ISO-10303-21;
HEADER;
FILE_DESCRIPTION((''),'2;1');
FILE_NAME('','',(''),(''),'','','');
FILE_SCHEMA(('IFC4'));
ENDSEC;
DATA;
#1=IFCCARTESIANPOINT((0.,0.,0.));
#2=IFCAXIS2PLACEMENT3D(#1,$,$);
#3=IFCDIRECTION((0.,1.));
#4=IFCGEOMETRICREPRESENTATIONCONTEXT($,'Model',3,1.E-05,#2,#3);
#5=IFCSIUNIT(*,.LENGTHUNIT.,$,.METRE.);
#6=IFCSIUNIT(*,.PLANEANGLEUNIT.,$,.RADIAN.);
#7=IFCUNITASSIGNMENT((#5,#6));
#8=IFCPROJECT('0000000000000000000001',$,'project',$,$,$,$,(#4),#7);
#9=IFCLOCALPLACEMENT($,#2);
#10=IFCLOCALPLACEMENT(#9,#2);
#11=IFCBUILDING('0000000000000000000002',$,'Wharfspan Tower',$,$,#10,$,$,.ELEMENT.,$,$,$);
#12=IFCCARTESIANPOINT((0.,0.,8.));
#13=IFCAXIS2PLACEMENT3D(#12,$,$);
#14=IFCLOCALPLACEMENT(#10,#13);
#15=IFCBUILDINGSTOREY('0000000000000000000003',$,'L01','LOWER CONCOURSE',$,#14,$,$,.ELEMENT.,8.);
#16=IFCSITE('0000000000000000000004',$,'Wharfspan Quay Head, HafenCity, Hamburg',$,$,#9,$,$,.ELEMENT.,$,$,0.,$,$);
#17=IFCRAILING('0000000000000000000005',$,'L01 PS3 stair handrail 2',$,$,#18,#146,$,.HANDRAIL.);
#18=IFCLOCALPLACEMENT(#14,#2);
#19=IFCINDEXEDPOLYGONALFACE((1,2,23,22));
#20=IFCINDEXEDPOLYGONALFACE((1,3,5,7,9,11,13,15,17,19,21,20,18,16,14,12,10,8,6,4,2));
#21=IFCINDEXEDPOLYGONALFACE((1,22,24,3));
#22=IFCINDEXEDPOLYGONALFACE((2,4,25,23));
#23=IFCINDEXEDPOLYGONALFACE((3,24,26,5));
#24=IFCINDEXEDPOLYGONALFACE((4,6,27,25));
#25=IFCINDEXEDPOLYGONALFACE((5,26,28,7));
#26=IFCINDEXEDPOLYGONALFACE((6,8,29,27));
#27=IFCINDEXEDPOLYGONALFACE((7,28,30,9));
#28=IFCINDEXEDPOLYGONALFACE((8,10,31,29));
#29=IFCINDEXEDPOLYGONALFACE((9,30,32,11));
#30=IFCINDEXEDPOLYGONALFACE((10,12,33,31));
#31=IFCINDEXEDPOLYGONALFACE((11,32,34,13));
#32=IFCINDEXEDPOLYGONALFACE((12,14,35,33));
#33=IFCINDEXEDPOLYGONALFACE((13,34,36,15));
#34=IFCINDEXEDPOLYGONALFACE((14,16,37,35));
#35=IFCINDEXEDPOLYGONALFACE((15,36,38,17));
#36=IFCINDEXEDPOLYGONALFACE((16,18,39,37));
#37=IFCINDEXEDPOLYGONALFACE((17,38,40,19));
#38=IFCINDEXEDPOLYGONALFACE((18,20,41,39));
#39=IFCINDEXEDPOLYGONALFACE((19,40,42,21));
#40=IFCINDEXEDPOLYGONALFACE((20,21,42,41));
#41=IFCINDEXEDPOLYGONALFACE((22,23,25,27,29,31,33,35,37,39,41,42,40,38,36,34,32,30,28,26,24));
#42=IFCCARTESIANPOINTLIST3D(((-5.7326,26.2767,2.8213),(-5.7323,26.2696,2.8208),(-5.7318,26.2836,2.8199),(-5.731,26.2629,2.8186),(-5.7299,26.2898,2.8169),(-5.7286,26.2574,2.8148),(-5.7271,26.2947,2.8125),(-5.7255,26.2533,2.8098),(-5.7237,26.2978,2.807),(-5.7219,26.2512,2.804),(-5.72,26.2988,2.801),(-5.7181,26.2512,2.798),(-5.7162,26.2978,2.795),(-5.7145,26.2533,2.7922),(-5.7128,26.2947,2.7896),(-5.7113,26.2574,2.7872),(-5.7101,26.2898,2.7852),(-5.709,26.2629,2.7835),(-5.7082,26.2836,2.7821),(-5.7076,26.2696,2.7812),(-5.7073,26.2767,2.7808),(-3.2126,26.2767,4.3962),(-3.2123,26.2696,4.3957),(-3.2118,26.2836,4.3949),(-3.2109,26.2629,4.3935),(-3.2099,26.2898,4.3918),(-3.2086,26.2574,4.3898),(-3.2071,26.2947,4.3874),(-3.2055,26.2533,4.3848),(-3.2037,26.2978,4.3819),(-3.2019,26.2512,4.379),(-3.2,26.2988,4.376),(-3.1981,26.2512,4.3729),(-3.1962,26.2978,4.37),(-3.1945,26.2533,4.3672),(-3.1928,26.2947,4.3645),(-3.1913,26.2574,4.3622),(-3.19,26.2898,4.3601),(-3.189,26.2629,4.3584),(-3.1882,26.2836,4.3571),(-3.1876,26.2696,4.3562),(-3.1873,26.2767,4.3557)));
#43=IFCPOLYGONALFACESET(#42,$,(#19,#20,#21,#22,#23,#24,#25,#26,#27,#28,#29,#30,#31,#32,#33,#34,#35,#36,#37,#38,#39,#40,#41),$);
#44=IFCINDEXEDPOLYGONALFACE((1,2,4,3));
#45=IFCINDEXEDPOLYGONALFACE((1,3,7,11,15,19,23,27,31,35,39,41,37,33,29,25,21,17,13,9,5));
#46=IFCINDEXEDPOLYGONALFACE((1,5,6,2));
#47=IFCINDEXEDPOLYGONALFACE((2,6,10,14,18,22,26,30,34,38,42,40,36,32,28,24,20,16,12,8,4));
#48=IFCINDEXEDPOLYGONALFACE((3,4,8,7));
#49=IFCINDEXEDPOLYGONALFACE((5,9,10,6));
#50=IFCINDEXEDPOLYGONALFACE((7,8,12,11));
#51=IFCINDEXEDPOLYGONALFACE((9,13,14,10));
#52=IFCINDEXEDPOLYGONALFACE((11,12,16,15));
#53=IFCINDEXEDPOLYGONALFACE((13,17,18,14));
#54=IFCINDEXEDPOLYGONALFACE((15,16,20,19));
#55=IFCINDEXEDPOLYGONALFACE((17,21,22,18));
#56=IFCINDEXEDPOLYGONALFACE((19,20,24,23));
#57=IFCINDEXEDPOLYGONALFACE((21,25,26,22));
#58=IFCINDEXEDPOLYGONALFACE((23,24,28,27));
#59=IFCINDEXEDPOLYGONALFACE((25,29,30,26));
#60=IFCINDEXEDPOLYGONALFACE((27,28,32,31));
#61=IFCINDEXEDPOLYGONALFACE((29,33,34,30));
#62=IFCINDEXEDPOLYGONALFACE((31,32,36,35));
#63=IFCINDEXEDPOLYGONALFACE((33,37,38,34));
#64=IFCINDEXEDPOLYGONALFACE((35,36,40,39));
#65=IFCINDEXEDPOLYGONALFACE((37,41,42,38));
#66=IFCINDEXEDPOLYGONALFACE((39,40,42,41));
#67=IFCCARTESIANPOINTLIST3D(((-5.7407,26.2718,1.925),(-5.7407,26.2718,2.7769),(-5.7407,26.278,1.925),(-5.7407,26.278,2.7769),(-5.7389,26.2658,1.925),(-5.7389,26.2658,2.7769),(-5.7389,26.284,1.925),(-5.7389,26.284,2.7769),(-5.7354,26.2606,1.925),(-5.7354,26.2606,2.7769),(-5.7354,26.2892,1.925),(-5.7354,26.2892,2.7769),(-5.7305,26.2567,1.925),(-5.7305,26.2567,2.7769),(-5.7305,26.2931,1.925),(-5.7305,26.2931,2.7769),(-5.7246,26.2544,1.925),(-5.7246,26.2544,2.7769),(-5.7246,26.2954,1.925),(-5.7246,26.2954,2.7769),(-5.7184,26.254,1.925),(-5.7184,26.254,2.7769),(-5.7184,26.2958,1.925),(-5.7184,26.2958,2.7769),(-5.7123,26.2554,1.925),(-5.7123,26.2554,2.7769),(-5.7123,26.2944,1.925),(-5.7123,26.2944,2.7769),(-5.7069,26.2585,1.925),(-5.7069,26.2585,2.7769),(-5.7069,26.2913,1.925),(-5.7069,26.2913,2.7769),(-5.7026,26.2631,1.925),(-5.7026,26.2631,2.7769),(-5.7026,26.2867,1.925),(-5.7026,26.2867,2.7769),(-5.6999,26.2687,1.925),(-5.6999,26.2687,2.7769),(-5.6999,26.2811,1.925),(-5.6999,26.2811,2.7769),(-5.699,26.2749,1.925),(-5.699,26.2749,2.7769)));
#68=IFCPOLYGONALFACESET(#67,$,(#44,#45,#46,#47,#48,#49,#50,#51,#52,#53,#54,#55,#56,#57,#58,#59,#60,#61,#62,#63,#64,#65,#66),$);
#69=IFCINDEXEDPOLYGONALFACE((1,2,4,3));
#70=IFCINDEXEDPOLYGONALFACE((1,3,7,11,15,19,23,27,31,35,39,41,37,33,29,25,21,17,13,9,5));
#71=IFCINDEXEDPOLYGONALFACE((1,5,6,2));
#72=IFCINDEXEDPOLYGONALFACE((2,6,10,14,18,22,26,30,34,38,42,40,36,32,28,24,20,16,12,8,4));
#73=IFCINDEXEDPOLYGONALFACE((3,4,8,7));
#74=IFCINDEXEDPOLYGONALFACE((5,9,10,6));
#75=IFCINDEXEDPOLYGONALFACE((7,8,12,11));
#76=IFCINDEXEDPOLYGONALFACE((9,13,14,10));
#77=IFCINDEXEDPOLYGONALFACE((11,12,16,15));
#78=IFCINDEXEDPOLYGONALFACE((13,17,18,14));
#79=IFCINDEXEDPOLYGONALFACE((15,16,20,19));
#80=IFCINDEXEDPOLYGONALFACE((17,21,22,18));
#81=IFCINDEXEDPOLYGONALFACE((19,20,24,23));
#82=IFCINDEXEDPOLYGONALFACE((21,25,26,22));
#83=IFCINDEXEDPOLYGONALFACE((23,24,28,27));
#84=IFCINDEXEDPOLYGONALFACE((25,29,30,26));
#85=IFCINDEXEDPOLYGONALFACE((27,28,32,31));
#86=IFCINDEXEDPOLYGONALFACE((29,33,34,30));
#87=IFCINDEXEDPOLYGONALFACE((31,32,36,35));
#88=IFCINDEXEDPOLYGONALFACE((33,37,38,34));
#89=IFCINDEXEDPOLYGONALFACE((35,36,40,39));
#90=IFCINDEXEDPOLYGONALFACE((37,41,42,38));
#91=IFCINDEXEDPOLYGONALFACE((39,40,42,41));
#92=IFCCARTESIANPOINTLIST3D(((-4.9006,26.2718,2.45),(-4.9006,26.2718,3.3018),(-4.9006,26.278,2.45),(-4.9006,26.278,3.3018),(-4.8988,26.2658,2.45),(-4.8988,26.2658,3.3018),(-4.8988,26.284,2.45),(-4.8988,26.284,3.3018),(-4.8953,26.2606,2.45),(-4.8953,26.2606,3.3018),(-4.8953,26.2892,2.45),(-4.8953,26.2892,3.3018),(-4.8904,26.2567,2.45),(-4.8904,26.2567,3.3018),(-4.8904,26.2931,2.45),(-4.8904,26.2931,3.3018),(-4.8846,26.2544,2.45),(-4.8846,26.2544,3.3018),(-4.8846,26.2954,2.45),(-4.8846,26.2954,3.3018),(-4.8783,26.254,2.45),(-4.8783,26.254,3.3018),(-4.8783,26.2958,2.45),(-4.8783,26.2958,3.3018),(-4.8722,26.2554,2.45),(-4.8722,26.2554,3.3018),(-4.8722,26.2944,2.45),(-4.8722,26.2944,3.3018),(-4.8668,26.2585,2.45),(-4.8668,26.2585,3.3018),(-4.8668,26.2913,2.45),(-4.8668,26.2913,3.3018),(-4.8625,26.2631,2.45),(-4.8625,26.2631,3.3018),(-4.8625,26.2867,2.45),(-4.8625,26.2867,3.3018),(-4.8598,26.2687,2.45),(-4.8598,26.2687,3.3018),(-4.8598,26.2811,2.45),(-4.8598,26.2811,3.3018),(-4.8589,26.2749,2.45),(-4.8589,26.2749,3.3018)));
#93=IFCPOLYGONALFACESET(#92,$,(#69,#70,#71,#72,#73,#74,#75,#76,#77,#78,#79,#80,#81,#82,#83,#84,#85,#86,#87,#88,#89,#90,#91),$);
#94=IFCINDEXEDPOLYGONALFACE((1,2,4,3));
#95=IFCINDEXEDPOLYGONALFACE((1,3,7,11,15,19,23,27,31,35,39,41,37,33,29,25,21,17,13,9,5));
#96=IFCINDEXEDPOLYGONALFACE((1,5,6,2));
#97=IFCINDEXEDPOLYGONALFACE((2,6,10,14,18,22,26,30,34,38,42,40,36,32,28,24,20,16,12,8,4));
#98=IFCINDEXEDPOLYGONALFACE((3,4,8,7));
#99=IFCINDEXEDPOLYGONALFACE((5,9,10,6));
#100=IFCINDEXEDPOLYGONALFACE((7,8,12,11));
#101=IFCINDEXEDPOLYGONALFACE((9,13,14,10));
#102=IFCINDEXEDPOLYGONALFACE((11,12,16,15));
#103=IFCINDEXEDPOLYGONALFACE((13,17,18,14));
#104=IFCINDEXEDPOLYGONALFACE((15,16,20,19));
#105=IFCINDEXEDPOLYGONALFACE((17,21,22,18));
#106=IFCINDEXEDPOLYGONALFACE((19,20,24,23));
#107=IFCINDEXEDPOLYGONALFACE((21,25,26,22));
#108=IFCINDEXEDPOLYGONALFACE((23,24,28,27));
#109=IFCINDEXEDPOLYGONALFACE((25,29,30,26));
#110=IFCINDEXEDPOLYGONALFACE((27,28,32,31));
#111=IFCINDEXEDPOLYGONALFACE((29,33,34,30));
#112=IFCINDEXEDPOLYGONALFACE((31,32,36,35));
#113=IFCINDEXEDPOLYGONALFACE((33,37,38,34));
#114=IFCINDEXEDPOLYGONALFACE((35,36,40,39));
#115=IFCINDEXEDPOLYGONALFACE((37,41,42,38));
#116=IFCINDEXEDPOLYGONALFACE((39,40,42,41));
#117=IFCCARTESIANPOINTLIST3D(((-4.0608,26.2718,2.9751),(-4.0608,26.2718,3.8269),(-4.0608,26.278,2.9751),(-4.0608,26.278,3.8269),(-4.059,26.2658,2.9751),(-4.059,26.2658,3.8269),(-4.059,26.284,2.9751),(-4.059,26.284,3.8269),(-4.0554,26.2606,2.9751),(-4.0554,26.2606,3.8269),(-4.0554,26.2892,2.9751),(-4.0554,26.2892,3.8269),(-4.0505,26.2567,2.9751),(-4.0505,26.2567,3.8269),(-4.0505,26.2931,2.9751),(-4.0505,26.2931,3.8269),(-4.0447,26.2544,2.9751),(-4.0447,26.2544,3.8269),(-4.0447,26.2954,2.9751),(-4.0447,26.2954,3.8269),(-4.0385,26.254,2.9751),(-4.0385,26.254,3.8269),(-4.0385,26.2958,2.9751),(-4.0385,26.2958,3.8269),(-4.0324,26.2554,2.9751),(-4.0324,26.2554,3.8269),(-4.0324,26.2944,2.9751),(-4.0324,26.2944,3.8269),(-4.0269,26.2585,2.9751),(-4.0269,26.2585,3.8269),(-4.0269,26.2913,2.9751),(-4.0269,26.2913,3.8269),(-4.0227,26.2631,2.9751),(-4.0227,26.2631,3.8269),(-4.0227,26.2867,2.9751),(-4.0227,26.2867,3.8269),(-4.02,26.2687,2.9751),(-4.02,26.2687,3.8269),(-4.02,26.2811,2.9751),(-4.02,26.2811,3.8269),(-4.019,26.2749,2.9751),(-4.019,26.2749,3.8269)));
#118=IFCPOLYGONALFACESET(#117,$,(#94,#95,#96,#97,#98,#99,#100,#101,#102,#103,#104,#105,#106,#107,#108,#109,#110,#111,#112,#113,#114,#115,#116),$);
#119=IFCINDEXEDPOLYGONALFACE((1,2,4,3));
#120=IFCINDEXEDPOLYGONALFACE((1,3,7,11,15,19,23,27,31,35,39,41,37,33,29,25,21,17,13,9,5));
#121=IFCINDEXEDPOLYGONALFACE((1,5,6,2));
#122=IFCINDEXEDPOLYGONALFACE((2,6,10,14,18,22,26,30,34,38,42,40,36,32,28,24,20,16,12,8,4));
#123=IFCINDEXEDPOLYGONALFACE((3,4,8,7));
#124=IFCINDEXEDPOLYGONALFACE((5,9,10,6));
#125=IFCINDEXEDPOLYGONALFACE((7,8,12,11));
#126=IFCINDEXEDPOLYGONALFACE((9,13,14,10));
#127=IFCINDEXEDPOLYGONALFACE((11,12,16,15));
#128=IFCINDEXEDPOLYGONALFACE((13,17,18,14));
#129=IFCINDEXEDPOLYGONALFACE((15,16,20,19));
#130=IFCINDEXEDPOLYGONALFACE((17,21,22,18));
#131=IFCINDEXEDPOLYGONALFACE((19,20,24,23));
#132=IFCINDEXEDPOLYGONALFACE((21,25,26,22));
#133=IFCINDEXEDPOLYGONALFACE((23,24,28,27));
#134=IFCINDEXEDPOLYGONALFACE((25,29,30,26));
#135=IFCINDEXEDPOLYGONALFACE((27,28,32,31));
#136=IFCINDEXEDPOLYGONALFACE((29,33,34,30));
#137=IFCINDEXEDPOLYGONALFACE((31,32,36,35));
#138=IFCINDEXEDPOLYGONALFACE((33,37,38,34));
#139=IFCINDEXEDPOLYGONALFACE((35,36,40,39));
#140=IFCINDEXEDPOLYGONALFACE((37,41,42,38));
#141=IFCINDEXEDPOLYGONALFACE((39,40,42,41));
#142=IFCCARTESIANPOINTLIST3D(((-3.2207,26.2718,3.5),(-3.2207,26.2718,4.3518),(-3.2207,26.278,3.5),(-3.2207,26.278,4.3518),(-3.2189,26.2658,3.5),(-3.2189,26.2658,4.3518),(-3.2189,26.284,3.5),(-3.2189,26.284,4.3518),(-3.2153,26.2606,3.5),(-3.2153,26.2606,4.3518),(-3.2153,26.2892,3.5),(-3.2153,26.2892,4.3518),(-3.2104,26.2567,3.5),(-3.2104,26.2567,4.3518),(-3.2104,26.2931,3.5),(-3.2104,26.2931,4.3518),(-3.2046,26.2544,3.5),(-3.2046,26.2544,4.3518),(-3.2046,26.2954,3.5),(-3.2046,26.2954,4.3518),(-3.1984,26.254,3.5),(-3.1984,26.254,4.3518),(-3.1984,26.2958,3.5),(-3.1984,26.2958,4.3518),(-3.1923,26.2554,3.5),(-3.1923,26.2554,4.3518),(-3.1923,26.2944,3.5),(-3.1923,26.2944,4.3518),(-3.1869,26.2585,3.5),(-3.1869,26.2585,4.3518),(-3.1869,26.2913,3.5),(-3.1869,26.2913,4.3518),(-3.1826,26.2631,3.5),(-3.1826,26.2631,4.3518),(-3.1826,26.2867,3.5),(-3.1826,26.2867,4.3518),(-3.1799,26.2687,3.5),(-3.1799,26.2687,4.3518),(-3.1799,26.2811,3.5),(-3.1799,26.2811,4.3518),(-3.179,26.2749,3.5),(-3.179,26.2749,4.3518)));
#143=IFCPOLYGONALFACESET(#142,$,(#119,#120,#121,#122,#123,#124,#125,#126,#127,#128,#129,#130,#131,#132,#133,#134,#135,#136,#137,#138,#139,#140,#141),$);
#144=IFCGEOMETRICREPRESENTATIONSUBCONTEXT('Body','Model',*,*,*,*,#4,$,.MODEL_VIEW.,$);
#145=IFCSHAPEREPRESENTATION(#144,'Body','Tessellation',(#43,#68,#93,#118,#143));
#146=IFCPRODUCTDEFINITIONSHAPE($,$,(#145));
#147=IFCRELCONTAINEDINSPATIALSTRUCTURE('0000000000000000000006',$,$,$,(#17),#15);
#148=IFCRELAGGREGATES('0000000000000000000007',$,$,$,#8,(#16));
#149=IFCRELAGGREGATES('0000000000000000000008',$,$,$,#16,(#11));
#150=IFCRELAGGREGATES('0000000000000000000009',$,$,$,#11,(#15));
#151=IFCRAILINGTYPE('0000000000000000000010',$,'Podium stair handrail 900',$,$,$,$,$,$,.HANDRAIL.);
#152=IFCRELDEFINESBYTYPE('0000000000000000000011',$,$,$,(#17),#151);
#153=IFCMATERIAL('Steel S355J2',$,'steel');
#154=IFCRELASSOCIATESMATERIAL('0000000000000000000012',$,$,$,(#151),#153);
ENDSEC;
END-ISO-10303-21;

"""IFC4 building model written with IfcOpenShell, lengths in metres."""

from ifc_helpers import new_model, si_unit, direction, frame, origin, origin_2d, place, context, subcontext, project, spatial, circle, extrude, material, type_object, element, save


model = new_model("IFC4")

# Units and contexts
model_context = context("Model", 3, precision=1e-05, world=origin(), true_north=direction((0.0, 1.0)))
body_context = subcontext(model_context, "Body", "Model", "MODEL_VIEW")
ifc_project = project(units=[si_unit("LENGTHUNIT", "METRE"), si_unit("PLANEANGLEUNIT", "RADIAN")], contexts=[model_context])

# Site, building, storey
site_placement = place(None, origin())
site = spatial("IfcSite", under=ifc_project, at=site_placement, Name="Wharfspan Quay Head, HafenCity, Hamburg", CompositionType="ELEMENT", RefElevation=0.0)
building_placement = place(site_placement, origin())
building = spatial("IfcBuilding", under=site, at=building_placement, Name="Wharfspan Tower", CompositionType="ELEMENT")
storey_placement = place(building_placement, frame((0.0, 0.0, 8.0)))
storey = spatial("IfcBuildingStorey", under=building, at=storey_placement, Name="L01", Description="LOWER CONCOURSE", CompositionType="ELEMENT", Elevation=8.0)

# Railing
ifc_material_1 = material(Name="Steel S355J2", Category="steel")
railing_type_1 = type_object("IfcRailingType", Name="Podium stair handrail 900", PredefinedType="HANDRAIL", material=ifc_material_1)
for number, where, name in (
    (1, (-5.72, 26.2749, 1.925), "L01 PS3 stair handrail 2"),
):
    element("IfcRailing", number, at=place(storey_placement, frame(where)), inside=storey, type_object=railing_type_1, Name=name, PredefinedType="HANDRAIL", context=body_context, shape_type="SweptSolid", body=[
        extrude(circle(Radius=0.0239, at=origin_2d()), frame((0.0, 0.0, 0.876), z_axis=(0.848008, 0.0, 0.529984), x_axis=(0.0, 1.0, 0.0)), (0.0, 0.0, 1.0), 2.9717),
        extrude(circle(Radius=0.021, at=origin_2d()), origin(), (0.0, 0.0, 1.0), 0.8518),
        extrude(circle(Radius=0.021, at=origin_2d()), frame((0.8401, 0.0, 0.5249)), (0.0, 0.0, 1.0), 0.8518),
        extrude(circle(Radius=0.021, at=origin_2d()), frame((1.6799, 0.0, 1.05)), (0.0, 0.0, 1.0), 0.8518),
        extrude(circle(Radius=0.021, at=origin_2d()), frame((2.52, 0.0, 1.575)), (0.0, 0.0, 1.0), 0.8518),
    ])

save(model, "model.ifc")
